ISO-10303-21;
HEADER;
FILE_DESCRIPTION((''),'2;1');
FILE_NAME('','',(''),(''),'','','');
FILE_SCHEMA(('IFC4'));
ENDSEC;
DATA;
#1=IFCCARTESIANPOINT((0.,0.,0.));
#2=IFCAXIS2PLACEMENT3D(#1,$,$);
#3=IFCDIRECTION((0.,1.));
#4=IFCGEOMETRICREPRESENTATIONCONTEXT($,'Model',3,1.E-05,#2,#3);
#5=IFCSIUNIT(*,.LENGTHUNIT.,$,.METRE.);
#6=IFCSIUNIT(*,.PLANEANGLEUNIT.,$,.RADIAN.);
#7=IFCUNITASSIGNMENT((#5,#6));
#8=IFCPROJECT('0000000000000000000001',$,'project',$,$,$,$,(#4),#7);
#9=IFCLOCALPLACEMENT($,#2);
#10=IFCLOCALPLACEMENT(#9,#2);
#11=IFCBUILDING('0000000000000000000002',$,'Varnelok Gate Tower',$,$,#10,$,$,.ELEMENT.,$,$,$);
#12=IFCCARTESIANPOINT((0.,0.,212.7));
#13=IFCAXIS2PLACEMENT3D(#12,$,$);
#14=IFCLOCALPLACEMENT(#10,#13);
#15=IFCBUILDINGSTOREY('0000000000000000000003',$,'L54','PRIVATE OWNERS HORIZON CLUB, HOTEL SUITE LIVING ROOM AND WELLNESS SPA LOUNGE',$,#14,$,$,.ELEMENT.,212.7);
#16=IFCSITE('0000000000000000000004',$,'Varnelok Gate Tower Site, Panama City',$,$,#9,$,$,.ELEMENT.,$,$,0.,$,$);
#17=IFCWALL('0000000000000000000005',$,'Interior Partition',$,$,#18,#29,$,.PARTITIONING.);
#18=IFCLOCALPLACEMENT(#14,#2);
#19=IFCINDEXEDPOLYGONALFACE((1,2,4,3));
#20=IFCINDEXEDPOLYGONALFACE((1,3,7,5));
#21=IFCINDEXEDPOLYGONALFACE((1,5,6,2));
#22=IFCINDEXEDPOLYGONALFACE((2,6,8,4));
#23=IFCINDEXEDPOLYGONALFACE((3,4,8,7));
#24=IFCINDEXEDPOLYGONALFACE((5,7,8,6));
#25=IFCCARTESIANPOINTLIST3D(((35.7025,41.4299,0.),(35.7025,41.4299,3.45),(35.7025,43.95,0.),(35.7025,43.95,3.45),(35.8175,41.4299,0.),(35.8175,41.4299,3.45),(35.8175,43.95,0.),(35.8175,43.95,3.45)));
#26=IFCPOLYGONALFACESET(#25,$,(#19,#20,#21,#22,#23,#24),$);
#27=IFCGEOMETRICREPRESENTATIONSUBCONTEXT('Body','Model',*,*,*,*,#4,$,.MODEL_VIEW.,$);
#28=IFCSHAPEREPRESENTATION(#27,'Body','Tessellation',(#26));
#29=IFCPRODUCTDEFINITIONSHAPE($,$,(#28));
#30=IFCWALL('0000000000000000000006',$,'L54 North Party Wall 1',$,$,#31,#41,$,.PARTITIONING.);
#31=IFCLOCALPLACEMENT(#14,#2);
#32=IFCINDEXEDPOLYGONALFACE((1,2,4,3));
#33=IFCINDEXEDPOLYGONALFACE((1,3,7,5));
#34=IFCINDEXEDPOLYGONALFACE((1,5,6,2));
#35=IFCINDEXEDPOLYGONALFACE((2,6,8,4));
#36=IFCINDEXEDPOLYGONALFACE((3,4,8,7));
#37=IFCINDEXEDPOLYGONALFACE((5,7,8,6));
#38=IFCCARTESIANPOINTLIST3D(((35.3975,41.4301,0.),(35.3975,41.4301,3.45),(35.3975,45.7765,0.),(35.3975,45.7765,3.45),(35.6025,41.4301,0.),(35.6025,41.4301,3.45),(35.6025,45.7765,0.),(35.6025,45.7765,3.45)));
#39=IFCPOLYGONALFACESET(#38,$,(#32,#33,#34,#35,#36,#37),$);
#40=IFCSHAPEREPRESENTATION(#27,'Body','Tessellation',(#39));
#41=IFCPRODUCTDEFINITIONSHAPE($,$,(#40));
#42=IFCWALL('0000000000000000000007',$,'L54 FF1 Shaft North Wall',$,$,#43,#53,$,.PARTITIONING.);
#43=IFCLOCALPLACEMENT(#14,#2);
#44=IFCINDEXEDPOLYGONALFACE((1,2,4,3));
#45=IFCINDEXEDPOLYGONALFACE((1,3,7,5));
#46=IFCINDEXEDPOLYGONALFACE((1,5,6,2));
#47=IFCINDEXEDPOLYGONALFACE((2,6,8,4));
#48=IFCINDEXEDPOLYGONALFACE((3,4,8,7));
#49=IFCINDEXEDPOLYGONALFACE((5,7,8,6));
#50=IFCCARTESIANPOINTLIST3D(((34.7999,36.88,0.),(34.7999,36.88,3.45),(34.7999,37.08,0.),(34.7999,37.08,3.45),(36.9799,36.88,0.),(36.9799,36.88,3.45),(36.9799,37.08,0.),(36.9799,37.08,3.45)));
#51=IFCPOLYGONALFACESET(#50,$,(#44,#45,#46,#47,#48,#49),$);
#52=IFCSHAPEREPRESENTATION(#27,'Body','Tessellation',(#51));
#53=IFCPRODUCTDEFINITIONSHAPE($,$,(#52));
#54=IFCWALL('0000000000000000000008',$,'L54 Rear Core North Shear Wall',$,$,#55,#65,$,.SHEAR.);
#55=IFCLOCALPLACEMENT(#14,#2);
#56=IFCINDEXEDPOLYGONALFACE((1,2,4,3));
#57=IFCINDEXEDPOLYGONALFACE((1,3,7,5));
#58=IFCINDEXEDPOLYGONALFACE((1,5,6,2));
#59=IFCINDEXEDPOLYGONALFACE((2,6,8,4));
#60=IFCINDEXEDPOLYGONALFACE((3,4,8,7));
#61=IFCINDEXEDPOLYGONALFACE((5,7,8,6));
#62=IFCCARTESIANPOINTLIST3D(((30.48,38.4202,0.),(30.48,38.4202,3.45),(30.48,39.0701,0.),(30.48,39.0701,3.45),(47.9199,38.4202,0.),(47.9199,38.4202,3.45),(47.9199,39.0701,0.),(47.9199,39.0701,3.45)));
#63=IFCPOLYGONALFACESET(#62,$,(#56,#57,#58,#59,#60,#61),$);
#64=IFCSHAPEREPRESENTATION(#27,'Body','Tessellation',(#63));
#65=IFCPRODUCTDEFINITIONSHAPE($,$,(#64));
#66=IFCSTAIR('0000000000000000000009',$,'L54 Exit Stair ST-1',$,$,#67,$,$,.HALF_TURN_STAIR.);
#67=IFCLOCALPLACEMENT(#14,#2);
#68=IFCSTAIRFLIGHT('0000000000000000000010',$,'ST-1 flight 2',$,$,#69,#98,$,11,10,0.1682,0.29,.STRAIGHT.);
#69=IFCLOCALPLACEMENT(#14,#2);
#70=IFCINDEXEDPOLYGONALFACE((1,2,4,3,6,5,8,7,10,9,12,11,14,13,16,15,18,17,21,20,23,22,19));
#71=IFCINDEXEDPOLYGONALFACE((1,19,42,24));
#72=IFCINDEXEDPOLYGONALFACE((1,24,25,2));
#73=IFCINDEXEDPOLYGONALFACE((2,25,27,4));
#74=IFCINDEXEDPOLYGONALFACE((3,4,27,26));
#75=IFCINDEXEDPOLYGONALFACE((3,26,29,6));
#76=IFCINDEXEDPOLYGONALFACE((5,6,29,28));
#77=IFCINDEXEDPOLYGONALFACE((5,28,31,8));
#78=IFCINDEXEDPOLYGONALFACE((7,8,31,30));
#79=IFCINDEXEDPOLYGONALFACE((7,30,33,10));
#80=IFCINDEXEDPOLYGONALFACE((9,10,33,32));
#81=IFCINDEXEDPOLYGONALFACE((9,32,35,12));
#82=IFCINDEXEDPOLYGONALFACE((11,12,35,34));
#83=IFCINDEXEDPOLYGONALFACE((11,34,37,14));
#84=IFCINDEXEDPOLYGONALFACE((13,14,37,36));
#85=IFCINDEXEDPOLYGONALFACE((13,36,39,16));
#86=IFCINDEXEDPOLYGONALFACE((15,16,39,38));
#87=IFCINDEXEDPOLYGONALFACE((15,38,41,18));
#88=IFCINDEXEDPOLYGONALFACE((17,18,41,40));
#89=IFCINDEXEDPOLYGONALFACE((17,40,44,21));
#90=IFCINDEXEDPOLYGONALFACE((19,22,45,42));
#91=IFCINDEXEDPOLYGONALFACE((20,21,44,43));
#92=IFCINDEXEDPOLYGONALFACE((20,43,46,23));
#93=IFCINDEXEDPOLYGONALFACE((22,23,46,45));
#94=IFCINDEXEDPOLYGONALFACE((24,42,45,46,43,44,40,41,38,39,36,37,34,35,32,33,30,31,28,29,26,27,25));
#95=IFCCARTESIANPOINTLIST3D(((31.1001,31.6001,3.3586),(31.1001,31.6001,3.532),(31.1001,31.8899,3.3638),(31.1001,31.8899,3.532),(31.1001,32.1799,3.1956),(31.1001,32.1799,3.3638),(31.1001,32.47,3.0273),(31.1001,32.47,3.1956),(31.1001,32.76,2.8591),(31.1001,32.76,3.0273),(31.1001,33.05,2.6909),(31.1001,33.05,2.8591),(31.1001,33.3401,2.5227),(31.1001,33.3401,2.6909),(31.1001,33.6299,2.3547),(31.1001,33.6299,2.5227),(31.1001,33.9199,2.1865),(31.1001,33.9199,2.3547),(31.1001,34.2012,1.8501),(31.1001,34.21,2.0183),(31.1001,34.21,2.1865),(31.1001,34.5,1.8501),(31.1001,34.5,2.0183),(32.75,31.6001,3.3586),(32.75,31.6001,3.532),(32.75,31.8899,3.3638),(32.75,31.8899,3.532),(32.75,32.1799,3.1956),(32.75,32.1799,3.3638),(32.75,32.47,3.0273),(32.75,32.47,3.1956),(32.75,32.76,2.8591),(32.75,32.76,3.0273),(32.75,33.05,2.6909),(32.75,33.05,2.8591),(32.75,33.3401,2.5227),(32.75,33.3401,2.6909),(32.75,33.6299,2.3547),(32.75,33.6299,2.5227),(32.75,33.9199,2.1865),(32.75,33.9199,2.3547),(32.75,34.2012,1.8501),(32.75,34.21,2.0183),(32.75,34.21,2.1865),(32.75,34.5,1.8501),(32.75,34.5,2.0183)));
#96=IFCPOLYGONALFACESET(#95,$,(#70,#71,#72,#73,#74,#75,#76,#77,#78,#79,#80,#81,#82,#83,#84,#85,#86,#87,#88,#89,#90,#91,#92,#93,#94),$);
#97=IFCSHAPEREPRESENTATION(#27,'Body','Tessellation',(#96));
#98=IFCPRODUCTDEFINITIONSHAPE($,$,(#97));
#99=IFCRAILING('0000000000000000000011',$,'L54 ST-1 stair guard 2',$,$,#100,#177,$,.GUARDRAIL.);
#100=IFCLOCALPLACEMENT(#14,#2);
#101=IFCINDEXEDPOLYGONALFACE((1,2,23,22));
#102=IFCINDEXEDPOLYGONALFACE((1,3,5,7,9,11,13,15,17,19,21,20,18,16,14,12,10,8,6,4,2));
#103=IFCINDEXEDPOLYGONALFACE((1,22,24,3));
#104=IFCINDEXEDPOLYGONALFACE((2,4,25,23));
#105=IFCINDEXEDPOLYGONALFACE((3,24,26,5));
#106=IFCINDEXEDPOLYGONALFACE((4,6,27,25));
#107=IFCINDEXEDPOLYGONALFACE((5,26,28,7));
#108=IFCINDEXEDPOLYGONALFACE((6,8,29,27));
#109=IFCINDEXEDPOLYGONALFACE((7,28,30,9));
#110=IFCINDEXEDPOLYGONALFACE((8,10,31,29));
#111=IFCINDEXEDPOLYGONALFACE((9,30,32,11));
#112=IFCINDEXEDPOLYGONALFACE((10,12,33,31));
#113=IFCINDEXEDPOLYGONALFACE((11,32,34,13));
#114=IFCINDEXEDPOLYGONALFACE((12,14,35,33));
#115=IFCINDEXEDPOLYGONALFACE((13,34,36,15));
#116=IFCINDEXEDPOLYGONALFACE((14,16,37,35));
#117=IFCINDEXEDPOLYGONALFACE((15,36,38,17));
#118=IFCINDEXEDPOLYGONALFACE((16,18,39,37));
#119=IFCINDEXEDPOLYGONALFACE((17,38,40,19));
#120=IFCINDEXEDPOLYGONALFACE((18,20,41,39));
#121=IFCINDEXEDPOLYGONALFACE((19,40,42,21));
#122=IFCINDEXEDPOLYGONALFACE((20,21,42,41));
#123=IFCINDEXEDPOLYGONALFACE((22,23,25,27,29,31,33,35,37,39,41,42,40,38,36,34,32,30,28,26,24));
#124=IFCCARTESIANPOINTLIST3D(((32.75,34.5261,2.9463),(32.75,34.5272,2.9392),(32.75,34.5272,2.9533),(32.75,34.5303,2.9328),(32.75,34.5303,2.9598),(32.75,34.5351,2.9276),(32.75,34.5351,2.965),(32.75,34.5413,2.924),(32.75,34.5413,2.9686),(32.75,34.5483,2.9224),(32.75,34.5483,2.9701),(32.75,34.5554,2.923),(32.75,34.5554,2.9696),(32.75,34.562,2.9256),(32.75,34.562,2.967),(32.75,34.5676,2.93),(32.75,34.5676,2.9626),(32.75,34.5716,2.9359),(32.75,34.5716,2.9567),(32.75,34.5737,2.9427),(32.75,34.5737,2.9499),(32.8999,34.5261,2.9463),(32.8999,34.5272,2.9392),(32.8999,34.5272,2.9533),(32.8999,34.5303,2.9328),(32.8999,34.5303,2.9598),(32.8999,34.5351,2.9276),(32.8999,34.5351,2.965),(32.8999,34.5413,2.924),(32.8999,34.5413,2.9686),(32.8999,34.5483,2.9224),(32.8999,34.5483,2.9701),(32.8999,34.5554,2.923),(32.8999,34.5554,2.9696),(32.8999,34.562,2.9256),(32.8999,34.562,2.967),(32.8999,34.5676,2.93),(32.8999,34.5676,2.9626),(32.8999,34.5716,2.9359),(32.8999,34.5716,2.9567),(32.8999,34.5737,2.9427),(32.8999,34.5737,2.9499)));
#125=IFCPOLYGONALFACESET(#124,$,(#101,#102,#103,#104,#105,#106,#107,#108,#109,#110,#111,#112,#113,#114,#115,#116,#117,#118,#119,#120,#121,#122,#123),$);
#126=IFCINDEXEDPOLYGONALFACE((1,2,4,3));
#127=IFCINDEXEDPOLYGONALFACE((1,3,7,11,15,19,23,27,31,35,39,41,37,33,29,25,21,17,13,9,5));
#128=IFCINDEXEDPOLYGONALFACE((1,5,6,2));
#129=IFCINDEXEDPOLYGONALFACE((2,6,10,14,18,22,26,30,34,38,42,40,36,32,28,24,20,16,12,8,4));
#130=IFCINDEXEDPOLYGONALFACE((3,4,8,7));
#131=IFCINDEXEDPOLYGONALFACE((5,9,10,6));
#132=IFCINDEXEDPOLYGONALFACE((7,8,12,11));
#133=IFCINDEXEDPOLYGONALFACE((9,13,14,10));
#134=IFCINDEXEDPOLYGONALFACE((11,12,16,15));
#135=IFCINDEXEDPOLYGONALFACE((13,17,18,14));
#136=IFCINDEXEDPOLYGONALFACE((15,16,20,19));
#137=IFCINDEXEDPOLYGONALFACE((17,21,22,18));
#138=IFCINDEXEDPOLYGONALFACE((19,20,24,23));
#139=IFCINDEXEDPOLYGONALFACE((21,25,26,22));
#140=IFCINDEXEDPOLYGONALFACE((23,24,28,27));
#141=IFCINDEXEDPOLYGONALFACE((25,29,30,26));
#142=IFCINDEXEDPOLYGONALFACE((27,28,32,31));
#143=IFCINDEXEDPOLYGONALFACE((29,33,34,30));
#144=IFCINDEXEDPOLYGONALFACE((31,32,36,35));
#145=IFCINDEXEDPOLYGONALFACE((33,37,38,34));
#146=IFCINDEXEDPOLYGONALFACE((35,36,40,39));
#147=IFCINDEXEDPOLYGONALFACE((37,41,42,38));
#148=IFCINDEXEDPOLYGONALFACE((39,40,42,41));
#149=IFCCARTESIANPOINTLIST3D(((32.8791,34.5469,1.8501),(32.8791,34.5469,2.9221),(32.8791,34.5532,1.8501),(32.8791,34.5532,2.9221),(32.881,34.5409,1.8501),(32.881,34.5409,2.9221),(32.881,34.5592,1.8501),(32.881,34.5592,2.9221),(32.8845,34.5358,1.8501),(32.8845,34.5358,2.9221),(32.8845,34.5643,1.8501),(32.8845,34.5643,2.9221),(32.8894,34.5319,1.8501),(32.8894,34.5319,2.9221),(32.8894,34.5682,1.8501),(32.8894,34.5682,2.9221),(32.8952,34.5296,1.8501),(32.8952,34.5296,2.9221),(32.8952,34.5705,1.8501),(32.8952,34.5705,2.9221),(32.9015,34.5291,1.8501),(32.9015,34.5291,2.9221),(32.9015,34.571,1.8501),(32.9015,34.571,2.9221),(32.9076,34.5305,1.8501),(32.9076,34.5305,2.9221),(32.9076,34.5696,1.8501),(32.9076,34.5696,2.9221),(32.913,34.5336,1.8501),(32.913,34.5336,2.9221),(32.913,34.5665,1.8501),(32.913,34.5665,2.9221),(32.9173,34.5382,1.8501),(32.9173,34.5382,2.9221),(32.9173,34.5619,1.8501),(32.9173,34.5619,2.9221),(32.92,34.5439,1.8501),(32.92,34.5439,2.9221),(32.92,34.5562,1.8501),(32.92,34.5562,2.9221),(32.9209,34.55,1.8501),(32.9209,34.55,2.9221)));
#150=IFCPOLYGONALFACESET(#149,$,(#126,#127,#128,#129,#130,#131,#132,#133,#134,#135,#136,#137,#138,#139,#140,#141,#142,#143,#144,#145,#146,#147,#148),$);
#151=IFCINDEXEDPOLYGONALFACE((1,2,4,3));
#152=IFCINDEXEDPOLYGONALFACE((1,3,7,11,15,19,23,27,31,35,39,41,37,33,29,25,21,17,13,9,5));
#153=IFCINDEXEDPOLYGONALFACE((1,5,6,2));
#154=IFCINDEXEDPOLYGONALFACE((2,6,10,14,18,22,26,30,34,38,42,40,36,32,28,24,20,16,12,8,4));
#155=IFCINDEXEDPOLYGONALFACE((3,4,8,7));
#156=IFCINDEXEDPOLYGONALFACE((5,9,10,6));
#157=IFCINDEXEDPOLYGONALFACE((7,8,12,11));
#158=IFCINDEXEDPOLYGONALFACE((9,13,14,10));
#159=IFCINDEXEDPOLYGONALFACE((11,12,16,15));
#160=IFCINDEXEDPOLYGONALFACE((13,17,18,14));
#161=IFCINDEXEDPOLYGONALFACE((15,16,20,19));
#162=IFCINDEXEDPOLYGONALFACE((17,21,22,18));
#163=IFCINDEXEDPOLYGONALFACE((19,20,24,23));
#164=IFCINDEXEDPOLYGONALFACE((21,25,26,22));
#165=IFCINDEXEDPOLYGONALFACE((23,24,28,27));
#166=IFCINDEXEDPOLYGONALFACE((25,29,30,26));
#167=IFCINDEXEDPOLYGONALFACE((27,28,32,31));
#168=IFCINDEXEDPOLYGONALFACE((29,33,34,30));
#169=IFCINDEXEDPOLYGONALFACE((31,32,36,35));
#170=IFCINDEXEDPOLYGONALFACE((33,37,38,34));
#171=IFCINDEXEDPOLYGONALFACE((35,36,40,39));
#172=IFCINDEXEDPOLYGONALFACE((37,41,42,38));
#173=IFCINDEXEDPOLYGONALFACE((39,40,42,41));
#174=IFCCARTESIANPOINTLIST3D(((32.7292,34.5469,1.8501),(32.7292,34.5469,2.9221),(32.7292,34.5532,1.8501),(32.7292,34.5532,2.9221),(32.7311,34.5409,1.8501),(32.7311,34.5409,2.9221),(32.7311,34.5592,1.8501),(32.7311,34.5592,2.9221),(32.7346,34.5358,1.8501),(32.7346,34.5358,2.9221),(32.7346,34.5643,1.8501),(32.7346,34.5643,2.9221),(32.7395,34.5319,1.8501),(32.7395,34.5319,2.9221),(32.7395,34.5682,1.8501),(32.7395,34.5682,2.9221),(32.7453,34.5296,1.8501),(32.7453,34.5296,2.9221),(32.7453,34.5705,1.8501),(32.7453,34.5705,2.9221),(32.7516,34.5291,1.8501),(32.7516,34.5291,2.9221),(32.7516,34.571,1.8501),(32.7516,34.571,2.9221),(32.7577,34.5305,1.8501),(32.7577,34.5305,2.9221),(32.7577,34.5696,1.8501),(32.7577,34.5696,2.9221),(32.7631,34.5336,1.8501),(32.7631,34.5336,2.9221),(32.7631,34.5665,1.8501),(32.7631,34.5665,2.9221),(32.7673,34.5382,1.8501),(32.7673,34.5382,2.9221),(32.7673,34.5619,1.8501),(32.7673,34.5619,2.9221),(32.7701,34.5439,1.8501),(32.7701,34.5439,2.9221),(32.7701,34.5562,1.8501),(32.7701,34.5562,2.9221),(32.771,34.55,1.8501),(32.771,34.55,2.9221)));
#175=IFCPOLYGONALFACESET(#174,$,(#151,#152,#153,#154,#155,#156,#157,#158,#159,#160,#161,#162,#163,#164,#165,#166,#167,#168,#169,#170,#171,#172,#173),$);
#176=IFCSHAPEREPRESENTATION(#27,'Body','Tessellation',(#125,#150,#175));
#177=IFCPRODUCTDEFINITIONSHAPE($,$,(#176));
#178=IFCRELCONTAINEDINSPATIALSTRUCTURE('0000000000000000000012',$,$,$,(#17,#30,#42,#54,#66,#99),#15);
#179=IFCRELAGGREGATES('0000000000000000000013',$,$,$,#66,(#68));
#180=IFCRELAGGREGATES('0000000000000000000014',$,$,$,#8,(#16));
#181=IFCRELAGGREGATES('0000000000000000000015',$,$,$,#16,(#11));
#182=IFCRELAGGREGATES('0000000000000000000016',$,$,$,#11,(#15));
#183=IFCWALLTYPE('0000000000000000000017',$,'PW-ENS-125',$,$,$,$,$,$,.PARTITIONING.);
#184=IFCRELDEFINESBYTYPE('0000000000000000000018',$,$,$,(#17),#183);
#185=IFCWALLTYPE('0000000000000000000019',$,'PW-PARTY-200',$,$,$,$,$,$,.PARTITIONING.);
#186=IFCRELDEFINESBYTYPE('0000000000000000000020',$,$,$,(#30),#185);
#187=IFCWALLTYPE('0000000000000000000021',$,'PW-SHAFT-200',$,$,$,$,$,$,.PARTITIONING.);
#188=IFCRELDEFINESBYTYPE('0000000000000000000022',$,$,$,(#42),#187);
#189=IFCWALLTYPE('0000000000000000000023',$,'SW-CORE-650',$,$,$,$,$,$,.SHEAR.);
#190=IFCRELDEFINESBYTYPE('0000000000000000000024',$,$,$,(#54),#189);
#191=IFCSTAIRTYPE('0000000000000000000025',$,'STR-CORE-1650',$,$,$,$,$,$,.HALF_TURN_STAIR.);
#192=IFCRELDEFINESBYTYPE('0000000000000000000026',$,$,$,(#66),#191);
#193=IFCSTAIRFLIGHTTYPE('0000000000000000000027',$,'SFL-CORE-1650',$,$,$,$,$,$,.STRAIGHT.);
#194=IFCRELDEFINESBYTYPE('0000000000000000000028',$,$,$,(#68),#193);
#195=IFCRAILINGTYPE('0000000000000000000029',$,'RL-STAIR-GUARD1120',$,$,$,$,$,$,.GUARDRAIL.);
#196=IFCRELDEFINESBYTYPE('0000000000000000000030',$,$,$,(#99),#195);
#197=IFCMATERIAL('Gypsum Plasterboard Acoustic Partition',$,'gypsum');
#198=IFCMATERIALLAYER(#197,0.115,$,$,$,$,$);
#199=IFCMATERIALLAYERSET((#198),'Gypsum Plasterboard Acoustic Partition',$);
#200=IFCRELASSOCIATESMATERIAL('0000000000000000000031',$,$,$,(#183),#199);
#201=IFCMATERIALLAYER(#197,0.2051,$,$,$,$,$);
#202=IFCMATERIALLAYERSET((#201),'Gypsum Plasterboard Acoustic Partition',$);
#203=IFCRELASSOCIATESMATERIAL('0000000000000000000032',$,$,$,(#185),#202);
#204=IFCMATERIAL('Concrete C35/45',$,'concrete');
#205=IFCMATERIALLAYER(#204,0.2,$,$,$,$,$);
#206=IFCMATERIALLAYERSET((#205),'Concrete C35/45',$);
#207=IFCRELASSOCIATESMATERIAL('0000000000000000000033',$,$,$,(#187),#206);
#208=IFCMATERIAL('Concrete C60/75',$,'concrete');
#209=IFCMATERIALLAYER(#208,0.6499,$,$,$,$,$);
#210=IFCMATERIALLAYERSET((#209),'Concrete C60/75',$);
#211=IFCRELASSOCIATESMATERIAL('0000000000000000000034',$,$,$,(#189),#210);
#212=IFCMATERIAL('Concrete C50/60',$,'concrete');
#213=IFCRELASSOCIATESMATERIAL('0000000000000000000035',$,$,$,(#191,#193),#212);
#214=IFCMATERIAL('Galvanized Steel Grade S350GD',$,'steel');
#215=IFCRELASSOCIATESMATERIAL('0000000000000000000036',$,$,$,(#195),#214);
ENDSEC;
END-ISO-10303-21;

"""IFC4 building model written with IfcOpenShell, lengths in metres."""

from ifc_helpers import new_model, si_unit, direction, frame, frame_2d, origin, origin_2d, place, context, subcontext, project, spatial, polyline, rectangle, circle, outline, extrude, material, layer, layer_set, type_object, element, aggregate, save


model = new_model("IFC4")

# Units and contexts
model_context = context("Model", 3, precision=1e-05, world=origin(), true_north=direction((0.0, 1.0)))
body_context = subcontext(model_context, "Body", "Model", "MODEL_VIEW")
ifc_project = project(units=[si_unit("LENGTHUNIT", "METRE"), si_unit("PLANEANGLEUNIT", "RADIAN")], contexts=[model_context])

# Site, building, storey
site_placement = place(None, origin())
site = spatial("IfcSite", under=ifc_project, at=site_placement, Name="Varnelok Gate Tower Site, Panama City", CompositionType="ELEMENT", RefElevation=0.0)
building_placement = place(site_placement, origin())
building = spatial("IfcBuilding", under=site, at=building_placement, Name="Varnelok Gate Tower", CompositionType="ELEMENT")
storey_placement = place(building_placement, frame((0.0, 0.0, 212.7)))
storey = spatial("IfcBuildingStorey", under=building, at=storey_placement, Name="L54", Description="PRIVATE OWNERS HORIZON CLUB, HOTEL SUITE LIVING ROOM AND WELLNESS SPA LOUNGE", CompositionType="ELEMENT", Elevation=212.7)

# Shared definitions
ifc_material_1 = material(Name="Concrete C60/75", Category="concrete")

# Shared definitions
ifc_material_2 = material(Name="Gypsum Plasterboard Acoustic Partition", Category="gypsum")

# Walls
ifc_layer_1 = layer(ifc_material_2, 0.115)
ifc_layer_set_1 = layer_set([ifc_layer_1], Name="Gypsum Plasterboard Acoustic Partition")
wall_type_1 = type_object("IfcWallType", Name="PW-ENS-125", PredefinedType="PARTITIONING", material=ifc_layer_set_1)
wall_1_placement = place(storey_placement, frame((35.76, 41.4299, 0.0), z_axis=(0.0, 0.0, 1.0), x_axis=(0.0, 1.0, 0.0)))
element("IfcWall", 1, at=wall_1_placement, inside=storey, type_object=wall_type_1, Name="Interior Partition", PredefinedType="PARTITIONING", context=body_context, shape_type="SweptSolid", body=[
    extrude(rectangle(XDim=2.52, YDim=0.115, at=frame_2d((1.26, 0.0))), origin(), (0.0, 0.0, 1.0), 3.45),
])
ifc_layer_2 = layer(ifc_material_2, 0.2051)
ifc_layer_set_2 = layer_set([ifc_layer_2], Name="Gypsum Plasterboard Acoustic Partition")
wall_type_2 = type_object("IfcWallType", Name="PW-PARTY-200", PredefinedType="PARTITIONING", material=ifc_layer_set_2)
wall_2_placement = place(storey_placement, frame((35.5, 41.4299, 0.0), z_axis=(0.0, 0.0, 1.0), x_axis=(0.0, 1.0, 0.0)))
element("IfcWall", 2, at=wall_2_placement, inside=storey, type_object=wall_type_2, Name="L54 North Party Wall 1", PredefinedType="PARTITIONING", context=body_context, shape_type="SweptSolid", body=[
    extrude(rectangle(XDim=4.3464, YDim=0.2051, at=frame_2d((2.1733, 0.0))), origin(), (0.0, 0.0, 1.0), 3.45),
])
ifc_material_3 = material(Name="Concrete C35/45", Category="concrete")
ifc_layer_3 = layer(ifc_material_3, 0.2)
ifc_layer_set_3 = layer_set([ifc_layer_3], Name="Concrete C35/45")
wall_type_3 = type_object("IfcWallType", Name="PW-SHAFT-200", PredefinedType="PARTITIONING", material=ifc_layer_set_3)
wall_3_placement = place(storey_placement, frame((34.8, 36.98, 0.0), z_axis=(0.0, 0.0, 1.0), x_axis=(1.0, 0.0, 0.0)))
element("IfcWall", 3, at=wall_3_placement, inside=storey, type_object=wall_type_3, Name="L54 FF1 Shaft North Wall", PredefinedType="PARTITIONING", context=body_context, shape_type="SweptSolid", body=[
    extrude(rectangle(XDim=2.1799, YDim=0.2, at=frame_2d((1.0898, 0.0))), origin(), (0.0, 0.0, 1.0), 3.45),
])
ifc_layer_4 = layer(ifc_material_1, 0.6499)
ifc_layer_set_4 = layer_set([ifc_layer_4], Name="Concrete C60/75")
wall_type_4 = type_object("IfcWallType", Name="SW-CORE-650", PredefinedType="SHEAR", material=ifc_layer_set_4)
wall_4_placement = place(storey_placement, frame((30.48, 38.7451, 0.0), z_axis=(0.0, 0.0, 1.0), x_axis=(1.0, 0.0, 0.0)))
element("IfcWall", 4, at=wall_4_placement, inside=storey, type_object=wall_type_4, Name="L54 Rear Core North Shear Wall", PredefinedType="SHEAR", context=body_context, shape_type="SweptSolid", body=[
    extrude(rectangle(XDim=17.4399, YDim=0.6499, at=frame_2d((8.72, 0.0))), origin(), (0.0, 0.0, 1.0), 3.45),
])

# Stair, stair flight
ifc_material_4 = material(Name="Concrete C50/60", Category="concrete")
stair_type = type_object("IfcStairType", Name="STR-CORE-1650", PredefinedType="HALF_TURN_STAIR", material=ifc_material_4)
stair_placement = place(storey_placement, origin())
stair = element("IfcStair", 5, at=stair_placement, inside=storey, type_object=stair_type, Name="L54 Exit Stair ST-1", PredefinedType="HALF_TURN_STAIR")
stair_flight_type = type_object("IfcStairFlightType", Name="SFL-CORE-1650", PredefinedType="STRAIGHT", material=ifc_material_4)
stair_flight_placement = place(storey_placement, frame((31.925, 34.5, 1.8501), z_axis=(0.0, 0.0, 1.0), x_axis=(0.0, -1.0, 0.0)))
stair_flight = element("IfcStairFlight", 6, at=stair_flight_placement, type_object=stair_flight_type, Name="ST-1 flight 2", NumberOfRisers=11, NumberOfTreads=10, PredefinedType="STRAIGHT", RiserHeight=0.1682, TreadLength=0.29, context=body_context, shape_type="SweptSolid", body=[
    extrude(outline(polyline([(0.0, 0.0), (0.0, 0.1682), (0.29, 0.1682), (0.29, 0.3364), (0.5801, 0.3364), (0.5801, 0.5046), (0.8701, 0.5046), (0.8701, 0.6726), (1.1599, 0.6726), (1.1599, 0.8408), (1.45, 0.8408), (1.45, 1.009), (1.74, 1.009), (1.74, 1.1772), (2.03, 1.1772), (2.03, 1.3455), (2.3201, 1.3455), (2.3201, 1.5137), (2.6101, 1.5137), (2.6101, 1.6819), (2.8999, 1.6819), (2.8999, 1.8501), (2.8999, 1.5085), (0.2988, 0.0), (0.0, 0.0)])), frame((0.0, 0.825, 0.0), z_axis=(0.0, -1.0, 0.0), x_axis=(1.0, 0.0, 0.0)), (0.0, 0.0, 1.0), 1.6499),
])
aggregate(stair, [stair_flight])

# Railing
ifc_material_5 = material(Name="Galvanized Steel Grade S350GD", Category="steel")
railing_type_1 = type_object("IfcRailingType", Name="RL-STAIR-GUARD1120", PredefinedType="GUARDRAIL", material=ifc_material_5)
railing_1_placement = place(storey_placement, frame((32.8999, 34.55, 1.8501)))
element("IfcRailing", 7, at=railing_1_placement, inside=storey, type_object=railing_type_1, Name="L54 ST-1 stair guard 2", PredefinedType="GUARDRAIL", context=body_context, shape_type="SweptSolid", body=[
    extrude(circle(Radius=0.0239, at=origin_2d()), frame((0.0, 0.0, 1.0962), z_axis=(-1.0, 0.0, 0.0), x_axis=(0.0, -1.0, 0.0)), (0.0, 0.0, 1.0), 0.1499),
    extrude(circle(Radius=0.021, at=origin_2d()), origin(), (0.0, 0.0, 1.0), 1.072),
    extrude(circle(Radius=0.021, at=origin_2d()), frame((-0.1499, 0.0, 0.0)), (0.0, 0.0, 1.0), 1.072),
])

save(model, "model.ifc")
